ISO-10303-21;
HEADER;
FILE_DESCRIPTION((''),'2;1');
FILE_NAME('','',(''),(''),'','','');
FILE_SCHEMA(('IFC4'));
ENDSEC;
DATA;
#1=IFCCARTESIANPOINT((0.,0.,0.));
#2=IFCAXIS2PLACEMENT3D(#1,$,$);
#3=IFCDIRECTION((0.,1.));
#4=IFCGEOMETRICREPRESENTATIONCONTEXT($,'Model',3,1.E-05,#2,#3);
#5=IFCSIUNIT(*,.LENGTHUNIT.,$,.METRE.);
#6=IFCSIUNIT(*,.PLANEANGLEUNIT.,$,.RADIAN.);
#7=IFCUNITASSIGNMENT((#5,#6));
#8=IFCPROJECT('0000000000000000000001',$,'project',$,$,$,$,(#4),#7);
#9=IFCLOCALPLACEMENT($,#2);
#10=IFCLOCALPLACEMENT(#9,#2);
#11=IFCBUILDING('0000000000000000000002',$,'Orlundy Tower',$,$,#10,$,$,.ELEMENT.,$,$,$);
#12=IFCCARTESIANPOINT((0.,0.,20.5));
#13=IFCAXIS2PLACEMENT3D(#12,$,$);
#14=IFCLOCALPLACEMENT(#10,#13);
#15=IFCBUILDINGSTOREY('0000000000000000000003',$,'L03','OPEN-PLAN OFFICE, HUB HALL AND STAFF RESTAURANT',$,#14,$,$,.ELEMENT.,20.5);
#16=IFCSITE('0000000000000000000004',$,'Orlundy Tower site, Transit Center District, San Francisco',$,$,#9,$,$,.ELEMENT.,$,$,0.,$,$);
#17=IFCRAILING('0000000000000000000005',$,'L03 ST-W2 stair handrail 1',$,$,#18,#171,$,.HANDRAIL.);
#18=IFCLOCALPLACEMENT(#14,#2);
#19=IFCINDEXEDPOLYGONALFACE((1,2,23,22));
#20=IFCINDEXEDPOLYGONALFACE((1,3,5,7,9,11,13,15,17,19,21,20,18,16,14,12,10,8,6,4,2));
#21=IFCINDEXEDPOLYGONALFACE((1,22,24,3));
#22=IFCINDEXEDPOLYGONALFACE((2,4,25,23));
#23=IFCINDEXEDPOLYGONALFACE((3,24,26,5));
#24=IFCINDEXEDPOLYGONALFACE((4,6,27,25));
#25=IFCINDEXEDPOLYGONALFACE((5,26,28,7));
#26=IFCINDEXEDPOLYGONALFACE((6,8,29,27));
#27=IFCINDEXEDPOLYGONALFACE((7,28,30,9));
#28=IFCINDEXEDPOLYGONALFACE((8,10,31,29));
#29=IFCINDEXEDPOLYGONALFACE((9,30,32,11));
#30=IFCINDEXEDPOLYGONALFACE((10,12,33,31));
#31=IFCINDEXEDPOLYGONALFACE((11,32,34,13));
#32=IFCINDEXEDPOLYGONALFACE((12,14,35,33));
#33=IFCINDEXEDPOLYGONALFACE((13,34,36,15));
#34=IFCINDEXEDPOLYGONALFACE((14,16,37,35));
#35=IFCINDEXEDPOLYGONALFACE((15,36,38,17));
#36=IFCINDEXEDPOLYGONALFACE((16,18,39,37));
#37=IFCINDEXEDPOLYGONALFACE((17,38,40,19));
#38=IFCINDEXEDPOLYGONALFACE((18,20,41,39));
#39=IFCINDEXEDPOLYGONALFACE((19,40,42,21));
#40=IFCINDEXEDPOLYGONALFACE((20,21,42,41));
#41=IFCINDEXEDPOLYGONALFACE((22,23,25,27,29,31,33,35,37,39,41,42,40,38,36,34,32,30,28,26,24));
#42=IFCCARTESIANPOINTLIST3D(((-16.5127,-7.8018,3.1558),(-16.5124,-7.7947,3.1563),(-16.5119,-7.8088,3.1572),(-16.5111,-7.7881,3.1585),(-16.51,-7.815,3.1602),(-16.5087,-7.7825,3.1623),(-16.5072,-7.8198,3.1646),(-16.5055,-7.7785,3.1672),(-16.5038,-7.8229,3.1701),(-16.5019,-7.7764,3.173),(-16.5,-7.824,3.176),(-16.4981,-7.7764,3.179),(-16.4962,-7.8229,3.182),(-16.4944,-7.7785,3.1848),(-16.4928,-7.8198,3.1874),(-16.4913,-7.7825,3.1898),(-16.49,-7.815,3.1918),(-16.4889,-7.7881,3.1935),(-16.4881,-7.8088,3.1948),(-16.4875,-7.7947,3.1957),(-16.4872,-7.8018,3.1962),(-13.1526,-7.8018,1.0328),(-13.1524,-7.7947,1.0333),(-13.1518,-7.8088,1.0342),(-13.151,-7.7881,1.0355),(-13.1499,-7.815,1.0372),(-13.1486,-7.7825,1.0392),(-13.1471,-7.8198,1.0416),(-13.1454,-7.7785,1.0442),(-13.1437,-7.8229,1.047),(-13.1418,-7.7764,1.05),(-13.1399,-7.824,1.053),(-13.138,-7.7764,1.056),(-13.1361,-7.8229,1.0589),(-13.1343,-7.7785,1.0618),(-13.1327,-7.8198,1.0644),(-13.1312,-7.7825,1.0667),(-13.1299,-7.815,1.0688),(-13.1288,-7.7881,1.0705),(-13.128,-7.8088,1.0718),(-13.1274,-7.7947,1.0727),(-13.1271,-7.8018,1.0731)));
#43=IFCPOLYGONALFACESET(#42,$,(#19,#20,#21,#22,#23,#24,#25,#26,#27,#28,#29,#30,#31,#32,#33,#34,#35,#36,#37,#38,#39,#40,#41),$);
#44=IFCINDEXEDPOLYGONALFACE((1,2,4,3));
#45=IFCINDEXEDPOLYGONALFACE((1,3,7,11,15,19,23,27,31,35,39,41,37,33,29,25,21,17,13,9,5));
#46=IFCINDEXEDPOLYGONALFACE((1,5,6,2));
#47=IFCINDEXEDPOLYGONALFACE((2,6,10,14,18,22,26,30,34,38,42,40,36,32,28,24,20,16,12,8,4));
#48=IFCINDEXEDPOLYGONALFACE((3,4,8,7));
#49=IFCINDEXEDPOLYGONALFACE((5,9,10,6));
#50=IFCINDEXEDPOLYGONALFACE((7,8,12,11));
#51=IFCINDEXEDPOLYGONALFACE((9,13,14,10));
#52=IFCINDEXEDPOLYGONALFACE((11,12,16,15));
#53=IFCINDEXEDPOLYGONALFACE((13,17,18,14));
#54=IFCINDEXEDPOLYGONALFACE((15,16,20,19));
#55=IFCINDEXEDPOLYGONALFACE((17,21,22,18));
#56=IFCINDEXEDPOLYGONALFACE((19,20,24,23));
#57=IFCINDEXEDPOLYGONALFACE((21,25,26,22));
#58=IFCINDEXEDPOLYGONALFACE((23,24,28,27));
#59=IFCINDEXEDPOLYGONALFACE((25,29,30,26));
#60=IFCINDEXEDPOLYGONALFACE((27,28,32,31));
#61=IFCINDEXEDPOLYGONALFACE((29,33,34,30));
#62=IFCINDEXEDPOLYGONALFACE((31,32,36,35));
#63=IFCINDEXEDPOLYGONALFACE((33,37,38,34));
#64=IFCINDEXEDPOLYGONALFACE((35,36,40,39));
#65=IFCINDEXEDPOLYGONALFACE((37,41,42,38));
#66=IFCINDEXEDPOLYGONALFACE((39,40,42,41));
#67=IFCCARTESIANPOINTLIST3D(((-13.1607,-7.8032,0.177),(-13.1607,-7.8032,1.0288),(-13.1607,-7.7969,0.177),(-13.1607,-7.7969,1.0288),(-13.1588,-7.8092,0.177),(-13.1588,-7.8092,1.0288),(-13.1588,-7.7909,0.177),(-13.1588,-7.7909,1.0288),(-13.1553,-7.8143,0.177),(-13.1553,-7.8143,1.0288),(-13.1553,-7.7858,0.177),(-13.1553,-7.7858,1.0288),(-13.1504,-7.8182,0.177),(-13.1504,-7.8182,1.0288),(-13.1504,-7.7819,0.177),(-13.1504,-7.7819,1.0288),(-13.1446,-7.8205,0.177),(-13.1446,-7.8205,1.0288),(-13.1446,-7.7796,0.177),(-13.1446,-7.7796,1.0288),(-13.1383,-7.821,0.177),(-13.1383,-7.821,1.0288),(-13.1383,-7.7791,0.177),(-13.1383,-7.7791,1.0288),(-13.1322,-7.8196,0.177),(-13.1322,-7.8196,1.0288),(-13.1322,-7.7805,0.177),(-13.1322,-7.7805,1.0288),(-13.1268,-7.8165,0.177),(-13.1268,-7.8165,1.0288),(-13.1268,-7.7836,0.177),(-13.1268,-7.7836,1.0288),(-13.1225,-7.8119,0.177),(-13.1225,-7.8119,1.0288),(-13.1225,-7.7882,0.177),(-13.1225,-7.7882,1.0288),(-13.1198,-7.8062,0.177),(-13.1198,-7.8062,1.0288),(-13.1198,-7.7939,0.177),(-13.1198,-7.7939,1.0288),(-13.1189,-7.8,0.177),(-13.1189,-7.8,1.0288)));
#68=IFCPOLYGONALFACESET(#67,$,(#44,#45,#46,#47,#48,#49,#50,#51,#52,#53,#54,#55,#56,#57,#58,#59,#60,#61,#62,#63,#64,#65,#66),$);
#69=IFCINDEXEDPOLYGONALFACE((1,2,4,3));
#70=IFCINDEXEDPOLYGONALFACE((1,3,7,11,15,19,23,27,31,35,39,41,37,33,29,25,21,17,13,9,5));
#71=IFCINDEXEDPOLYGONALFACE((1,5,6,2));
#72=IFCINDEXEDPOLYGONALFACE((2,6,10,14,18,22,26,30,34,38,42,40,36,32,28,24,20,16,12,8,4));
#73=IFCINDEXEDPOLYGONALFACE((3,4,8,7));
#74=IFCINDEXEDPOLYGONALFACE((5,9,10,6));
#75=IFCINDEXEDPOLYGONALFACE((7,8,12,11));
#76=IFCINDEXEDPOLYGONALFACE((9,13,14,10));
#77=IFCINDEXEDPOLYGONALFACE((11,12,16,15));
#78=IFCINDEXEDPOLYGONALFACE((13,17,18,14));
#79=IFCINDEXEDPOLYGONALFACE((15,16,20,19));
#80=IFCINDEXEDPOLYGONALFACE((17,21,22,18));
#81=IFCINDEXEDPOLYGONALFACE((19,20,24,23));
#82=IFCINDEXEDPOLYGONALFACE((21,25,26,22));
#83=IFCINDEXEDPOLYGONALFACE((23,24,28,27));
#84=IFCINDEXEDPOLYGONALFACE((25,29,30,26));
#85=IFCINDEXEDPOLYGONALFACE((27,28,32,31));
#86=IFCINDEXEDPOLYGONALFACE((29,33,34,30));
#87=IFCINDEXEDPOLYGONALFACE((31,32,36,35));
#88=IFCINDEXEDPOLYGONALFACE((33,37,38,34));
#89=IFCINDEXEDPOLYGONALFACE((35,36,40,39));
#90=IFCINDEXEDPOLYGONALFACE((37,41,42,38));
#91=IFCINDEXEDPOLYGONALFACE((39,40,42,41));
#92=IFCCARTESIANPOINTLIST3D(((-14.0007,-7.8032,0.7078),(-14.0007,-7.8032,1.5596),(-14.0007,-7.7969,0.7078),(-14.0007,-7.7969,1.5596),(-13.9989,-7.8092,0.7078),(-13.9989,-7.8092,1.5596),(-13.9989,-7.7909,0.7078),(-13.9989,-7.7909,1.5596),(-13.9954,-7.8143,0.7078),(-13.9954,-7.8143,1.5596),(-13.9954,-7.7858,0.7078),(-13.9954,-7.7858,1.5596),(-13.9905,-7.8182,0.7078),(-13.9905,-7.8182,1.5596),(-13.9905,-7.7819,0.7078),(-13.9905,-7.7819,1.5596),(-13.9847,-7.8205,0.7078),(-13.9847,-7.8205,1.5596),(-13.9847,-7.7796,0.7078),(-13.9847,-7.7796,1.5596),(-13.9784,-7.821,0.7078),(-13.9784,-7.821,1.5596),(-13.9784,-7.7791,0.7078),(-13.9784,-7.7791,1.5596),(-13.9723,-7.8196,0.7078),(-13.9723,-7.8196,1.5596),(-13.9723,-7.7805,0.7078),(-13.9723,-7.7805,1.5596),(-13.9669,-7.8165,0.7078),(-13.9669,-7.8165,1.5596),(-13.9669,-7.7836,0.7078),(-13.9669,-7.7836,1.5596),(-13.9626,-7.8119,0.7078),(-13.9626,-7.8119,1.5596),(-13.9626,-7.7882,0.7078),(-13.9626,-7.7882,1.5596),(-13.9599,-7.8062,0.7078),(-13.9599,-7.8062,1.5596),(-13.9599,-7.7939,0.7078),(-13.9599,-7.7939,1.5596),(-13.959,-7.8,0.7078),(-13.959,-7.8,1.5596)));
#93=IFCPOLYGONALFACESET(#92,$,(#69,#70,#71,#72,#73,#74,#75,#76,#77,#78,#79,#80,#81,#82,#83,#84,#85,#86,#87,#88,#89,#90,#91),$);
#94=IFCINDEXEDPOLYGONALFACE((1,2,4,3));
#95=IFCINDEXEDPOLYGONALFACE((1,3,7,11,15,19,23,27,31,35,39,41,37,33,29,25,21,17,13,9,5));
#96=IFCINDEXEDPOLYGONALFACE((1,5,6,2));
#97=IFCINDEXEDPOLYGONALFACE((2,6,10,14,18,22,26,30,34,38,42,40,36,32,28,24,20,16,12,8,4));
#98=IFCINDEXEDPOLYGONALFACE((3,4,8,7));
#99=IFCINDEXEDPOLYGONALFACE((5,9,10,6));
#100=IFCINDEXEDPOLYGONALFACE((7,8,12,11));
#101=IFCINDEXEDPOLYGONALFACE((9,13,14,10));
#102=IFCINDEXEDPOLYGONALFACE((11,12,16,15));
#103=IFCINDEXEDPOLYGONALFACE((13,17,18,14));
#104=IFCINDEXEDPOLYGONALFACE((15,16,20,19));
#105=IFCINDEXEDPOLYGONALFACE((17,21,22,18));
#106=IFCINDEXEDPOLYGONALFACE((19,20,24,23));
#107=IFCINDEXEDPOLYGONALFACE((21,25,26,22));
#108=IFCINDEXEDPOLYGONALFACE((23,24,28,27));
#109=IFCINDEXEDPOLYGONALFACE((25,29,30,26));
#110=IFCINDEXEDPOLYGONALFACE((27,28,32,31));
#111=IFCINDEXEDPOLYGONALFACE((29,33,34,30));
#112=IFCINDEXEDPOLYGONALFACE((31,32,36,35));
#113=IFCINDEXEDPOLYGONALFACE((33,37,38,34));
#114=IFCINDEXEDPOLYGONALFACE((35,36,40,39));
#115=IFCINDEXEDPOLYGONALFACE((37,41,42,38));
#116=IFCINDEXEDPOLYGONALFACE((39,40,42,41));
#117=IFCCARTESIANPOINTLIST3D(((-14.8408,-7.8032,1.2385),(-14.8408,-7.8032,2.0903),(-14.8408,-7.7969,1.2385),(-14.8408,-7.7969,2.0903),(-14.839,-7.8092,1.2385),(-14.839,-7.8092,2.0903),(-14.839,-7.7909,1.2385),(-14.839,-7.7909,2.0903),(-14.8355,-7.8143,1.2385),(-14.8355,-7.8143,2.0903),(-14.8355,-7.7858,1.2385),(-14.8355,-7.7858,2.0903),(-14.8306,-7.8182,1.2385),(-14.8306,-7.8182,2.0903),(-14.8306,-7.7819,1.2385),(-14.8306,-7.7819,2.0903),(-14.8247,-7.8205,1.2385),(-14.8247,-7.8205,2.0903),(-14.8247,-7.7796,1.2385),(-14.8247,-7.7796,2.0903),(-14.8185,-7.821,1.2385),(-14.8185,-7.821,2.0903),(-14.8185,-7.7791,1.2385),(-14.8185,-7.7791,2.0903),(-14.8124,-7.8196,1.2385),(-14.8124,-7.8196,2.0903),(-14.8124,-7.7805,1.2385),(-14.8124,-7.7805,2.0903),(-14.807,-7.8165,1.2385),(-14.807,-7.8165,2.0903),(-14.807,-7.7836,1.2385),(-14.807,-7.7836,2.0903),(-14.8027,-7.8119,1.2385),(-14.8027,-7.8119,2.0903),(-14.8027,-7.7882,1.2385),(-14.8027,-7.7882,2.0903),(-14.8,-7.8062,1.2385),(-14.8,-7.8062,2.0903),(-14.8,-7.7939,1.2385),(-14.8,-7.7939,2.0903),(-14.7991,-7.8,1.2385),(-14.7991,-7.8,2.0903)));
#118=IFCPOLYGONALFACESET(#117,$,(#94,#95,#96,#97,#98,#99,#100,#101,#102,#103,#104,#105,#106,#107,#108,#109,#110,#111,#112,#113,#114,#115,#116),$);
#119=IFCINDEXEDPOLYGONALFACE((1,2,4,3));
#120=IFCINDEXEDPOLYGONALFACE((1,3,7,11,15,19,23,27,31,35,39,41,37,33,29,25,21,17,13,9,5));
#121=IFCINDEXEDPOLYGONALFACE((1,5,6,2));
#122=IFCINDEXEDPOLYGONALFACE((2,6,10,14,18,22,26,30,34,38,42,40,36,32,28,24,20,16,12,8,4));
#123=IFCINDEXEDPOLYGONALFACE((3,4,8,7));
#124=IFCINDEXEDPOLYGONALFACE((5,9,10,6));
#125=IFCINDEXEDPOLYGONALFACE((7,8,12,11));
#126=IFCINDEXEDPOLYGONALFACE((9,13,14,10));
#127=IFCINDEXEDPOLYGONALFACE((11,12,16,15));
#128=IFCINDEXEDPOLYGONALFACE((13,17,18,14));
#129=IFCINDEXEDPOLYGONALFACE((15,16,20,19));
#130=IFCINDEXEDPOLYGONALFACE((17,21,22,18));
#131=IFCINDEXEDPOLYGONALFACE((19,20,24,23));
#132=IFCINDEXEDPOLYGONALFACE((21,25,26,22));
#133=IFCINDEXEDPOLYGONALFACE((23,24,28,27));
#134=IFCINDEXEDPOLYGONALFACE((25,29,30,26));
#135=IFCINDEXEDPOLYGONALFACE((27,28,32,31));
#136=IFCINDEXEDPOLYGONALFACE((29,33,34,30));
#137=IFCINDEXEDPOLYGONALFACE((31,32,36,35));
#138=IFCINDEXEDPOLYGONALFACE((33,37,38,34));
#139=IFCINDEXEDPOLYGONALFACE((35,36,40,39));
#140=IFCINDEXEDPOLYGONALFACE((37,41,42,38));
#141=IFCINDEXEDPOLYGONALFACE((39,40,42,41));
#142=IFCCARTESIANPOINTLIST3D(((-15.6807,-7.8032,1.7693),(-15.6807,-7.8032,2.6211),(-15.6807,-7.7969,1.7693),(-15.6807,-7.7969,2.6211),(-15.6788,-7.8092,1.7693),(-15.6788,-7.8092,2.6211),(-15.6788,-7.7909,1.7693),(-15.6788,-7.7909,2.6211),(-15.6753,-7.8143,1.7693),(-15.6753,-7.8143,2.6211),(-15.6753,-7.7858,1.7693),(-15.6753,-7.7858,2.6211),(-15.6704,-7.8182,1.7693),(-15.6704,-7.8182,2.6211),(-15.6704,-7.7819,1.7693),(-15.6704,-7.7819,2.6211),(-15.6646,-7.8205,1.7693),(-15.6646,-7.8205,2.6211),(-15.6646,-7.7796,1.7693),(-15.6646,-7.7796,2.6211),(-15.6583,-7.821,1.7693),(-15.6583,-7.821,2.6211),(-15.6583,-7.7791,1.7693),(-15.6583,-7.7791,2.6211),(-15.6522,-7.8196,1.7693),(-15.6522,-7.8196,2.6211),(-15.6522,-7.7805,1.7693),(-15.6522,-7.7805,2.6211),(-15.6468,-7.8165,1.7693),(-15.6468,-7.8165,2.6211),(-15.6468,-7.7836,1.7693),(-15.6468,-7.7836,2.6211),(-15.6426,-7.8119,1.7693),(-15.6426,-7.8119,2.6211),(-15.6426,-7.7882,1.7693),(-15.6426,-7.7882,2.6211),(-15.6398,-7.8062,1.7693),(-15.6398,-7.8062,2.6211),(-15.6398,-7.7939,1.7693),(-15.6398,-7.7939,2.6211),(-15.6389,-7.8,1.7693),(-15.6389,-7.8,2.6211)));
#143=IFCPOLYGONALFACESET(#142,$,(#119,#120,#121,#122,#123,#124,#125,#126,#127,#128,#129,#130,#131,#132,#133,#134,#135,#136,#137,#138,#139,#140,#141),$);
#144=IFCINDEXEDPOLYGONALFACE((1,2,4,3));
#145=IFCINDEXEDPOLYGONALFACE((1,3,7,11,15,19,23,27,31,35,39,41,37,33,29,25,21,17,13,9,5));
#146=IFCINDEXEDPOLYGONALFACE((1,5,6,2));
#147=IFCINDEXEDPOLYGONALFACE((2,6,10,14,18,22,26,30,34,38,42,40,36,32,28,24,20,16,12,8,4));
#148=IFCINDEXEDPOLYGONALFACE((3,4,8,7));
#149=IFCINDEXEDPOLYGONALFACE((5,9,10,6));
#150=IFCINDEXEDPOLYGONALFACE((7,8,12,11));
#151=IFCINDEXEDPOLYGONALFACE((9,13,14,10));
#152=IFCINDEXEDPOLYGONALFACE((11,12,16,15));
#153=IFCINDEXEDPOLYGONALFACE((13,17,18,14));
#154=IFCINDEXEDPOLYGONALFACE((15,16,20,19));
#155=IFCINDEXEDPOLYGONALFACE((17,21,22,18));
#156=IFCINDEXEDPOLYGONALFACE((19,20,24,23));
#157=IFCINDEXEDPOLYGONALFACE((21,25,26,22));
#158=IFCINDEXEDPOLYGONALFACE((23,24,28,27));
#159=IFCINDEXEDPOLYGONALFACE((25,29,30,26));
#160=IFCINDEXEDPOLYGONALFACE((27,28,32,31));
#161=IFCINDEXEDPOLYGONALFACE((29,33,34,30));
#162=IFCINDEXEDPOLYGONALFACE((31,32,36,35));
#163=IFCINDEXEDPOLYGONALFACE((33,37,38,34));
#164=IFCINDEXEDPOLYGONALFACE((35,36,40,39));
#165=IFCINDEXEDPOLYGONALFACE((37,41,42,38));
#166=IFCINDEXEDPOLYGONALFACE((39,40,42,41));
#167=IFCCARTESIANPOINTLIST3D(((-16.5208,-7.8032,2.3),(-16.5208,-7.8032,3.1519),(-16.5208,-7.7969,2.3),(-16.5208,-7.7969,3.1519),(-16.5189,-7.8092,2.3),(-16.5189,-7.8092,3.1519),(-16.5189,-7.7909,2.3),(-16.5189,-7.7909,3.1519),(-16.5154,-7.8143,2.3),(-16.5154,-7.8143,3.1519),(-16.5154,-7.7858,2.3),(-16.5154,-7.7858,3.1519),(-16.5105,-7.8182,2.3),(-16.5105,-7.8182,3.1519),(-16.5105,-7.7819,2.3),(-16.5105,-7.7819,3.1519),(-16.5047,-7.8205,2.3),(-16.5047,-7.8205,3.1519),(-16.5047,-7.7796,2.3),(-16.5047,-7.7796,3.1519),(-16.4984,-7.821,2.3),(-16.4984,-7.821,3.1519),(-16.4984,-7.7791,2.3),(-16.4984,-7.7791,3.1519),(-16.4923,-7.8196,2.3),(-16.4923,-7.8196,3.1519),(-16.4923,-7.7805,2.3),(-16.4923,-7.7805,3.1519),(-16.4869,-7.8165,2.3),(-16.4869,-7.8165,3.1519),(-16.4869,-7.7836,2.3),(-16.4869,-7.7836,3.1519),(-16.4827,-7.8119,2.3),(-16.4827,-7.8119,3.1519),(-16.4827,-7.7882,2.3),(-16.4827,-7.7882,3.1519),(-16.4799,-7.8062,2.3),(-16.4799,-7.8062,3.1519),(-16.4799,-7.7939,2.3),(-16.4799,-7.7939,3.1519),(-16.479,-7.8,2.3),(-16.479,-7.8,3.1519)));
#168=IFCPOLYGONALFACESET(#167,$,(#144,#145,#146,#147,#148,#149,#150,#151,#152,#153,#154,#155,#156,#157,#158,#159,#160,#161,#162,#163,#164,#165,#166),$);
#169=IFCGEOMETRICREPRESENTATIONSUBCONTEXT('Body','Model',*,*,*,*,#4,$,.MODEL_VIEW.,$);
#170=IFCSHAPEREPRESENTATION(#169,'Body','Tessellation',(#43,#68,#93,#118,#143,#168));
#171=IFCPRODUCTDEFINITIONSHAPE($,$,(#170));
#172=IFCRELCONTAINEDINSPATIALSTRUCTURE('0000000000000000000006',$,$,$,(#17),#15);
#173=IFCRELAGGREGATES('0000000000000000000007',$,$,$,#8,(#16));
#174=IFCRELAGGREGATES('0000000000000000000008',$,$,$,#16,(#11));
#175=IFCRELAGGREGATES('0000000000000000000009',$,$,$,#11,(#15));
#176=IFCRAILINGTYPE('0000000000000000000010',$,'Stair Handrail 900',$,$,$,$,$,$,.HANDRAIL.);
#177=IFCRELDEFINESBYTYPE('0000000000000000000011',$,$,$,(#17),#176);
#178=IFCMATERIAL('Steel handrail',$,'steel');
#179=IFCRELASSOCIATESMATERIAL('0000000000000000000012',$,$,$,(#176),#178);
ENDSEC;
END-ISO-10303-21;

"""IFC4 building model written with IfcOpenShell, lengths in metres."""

from ifc_helpers import new_model, si_unit, direction, frame, origin, origin_2d, place, context, subcontext, project, spatial, circle, extrude, material, type_object, element, save


model = new_model("IFC4")

# Units and contexts
model_context = context("Model", 3, precision=1e-05, world=origin(), true_north=direction((0.0, 1.0)))
body_context = subcontext(model_context, "Body", "Model", "MODEL_VIEW")
ifc_project = project(units=[si_unit("LENGTHUNIT", "METRE"), si_unit("PLANEANGLEUNIT", "RADIAN")], contexts=[model_context])

# Site, building, storey
site_placement = place(None, origin())
site = spatial("IfcSite", under=ifc_project, at=site_placement, Name="Orlundy Tower site, Transit Center District, San Francisco", CompositionType="ELEMENT", RefElevation=0.0)
building_placement = place(site_placement, origin())
building = spatial("IfcBuilding", under=site, at=building_placement, Name="Orlundy Tower", CompositionType="ELEMENT")
storey_placement = place(building_placement, frame((0.0, 0.0, 20.5)))
storey = spatial("IfcBuildingStorey", under=building, at=storey_placement, Name="L03", Description="OPEN-PLAN OFFICE, HUB HALL AND STAFF RESTAURANT", CompositionType="ELEMENT", Elevation=20.5)

# Railing
ifc_material_1 = material(Name="Steel handrail", Category="steel")
railing_type_1 = type_object("IfcRailingType", Name="Stair Handrail 900", PredefinedType="HANDRAIL", material=ifc_material_1)
railing_1_placement = place(storey_placement, frame((-13.1399, -7.8, 0.177)))
element("IfcRailing", 1, at=railing_1_placement, inside=storey, type_object=railing_type_1, Name="L03 ST-W2 stair handrail 1", PredefinedType="HANDRAIL", context=body_context, shape_type="SweptSolid", body=[
    extrude(circle(Radius=0.0239, at=origin_2d()), frame((0.0, 0.0, 0.876), z_axis=(-0.84539, 0.0, 0.53415), x_axis=(0.0, -1.0, 0.0)), (0.0, 0.0, 1.0), 3.9746),
    extrude(circle(Radius=0.021, at=origin_2d()), origin(), (0.0, 0.0, 1.0), 0.8518),
    extrude(circle(Radius=0.021, at=origin_2d()), frame((-0.8401, 0.0, 0.5308)), (0.0, 0.0, 1.0), 0.8518),
    extrude(circle(Radius=0.021, at=origin_2d()), frame((-1.6802, 0.0, 1.0615)), (0.0, 0.0, 1.0), 0.8518),
    extrude(circle(Radius=0.021, at=origin_2d()), frame((-2.52, 0.0, 1.5923)), (0.0, 0.0, 1.0), 0.8518),
    extrude(circle(Radius=0.021, at=origin_2d()), frame((-3.3601, 0.0, 2.123)), (0.0, 0.0, 1.0), 0.8518),
])

save(model, "model.ifc")
